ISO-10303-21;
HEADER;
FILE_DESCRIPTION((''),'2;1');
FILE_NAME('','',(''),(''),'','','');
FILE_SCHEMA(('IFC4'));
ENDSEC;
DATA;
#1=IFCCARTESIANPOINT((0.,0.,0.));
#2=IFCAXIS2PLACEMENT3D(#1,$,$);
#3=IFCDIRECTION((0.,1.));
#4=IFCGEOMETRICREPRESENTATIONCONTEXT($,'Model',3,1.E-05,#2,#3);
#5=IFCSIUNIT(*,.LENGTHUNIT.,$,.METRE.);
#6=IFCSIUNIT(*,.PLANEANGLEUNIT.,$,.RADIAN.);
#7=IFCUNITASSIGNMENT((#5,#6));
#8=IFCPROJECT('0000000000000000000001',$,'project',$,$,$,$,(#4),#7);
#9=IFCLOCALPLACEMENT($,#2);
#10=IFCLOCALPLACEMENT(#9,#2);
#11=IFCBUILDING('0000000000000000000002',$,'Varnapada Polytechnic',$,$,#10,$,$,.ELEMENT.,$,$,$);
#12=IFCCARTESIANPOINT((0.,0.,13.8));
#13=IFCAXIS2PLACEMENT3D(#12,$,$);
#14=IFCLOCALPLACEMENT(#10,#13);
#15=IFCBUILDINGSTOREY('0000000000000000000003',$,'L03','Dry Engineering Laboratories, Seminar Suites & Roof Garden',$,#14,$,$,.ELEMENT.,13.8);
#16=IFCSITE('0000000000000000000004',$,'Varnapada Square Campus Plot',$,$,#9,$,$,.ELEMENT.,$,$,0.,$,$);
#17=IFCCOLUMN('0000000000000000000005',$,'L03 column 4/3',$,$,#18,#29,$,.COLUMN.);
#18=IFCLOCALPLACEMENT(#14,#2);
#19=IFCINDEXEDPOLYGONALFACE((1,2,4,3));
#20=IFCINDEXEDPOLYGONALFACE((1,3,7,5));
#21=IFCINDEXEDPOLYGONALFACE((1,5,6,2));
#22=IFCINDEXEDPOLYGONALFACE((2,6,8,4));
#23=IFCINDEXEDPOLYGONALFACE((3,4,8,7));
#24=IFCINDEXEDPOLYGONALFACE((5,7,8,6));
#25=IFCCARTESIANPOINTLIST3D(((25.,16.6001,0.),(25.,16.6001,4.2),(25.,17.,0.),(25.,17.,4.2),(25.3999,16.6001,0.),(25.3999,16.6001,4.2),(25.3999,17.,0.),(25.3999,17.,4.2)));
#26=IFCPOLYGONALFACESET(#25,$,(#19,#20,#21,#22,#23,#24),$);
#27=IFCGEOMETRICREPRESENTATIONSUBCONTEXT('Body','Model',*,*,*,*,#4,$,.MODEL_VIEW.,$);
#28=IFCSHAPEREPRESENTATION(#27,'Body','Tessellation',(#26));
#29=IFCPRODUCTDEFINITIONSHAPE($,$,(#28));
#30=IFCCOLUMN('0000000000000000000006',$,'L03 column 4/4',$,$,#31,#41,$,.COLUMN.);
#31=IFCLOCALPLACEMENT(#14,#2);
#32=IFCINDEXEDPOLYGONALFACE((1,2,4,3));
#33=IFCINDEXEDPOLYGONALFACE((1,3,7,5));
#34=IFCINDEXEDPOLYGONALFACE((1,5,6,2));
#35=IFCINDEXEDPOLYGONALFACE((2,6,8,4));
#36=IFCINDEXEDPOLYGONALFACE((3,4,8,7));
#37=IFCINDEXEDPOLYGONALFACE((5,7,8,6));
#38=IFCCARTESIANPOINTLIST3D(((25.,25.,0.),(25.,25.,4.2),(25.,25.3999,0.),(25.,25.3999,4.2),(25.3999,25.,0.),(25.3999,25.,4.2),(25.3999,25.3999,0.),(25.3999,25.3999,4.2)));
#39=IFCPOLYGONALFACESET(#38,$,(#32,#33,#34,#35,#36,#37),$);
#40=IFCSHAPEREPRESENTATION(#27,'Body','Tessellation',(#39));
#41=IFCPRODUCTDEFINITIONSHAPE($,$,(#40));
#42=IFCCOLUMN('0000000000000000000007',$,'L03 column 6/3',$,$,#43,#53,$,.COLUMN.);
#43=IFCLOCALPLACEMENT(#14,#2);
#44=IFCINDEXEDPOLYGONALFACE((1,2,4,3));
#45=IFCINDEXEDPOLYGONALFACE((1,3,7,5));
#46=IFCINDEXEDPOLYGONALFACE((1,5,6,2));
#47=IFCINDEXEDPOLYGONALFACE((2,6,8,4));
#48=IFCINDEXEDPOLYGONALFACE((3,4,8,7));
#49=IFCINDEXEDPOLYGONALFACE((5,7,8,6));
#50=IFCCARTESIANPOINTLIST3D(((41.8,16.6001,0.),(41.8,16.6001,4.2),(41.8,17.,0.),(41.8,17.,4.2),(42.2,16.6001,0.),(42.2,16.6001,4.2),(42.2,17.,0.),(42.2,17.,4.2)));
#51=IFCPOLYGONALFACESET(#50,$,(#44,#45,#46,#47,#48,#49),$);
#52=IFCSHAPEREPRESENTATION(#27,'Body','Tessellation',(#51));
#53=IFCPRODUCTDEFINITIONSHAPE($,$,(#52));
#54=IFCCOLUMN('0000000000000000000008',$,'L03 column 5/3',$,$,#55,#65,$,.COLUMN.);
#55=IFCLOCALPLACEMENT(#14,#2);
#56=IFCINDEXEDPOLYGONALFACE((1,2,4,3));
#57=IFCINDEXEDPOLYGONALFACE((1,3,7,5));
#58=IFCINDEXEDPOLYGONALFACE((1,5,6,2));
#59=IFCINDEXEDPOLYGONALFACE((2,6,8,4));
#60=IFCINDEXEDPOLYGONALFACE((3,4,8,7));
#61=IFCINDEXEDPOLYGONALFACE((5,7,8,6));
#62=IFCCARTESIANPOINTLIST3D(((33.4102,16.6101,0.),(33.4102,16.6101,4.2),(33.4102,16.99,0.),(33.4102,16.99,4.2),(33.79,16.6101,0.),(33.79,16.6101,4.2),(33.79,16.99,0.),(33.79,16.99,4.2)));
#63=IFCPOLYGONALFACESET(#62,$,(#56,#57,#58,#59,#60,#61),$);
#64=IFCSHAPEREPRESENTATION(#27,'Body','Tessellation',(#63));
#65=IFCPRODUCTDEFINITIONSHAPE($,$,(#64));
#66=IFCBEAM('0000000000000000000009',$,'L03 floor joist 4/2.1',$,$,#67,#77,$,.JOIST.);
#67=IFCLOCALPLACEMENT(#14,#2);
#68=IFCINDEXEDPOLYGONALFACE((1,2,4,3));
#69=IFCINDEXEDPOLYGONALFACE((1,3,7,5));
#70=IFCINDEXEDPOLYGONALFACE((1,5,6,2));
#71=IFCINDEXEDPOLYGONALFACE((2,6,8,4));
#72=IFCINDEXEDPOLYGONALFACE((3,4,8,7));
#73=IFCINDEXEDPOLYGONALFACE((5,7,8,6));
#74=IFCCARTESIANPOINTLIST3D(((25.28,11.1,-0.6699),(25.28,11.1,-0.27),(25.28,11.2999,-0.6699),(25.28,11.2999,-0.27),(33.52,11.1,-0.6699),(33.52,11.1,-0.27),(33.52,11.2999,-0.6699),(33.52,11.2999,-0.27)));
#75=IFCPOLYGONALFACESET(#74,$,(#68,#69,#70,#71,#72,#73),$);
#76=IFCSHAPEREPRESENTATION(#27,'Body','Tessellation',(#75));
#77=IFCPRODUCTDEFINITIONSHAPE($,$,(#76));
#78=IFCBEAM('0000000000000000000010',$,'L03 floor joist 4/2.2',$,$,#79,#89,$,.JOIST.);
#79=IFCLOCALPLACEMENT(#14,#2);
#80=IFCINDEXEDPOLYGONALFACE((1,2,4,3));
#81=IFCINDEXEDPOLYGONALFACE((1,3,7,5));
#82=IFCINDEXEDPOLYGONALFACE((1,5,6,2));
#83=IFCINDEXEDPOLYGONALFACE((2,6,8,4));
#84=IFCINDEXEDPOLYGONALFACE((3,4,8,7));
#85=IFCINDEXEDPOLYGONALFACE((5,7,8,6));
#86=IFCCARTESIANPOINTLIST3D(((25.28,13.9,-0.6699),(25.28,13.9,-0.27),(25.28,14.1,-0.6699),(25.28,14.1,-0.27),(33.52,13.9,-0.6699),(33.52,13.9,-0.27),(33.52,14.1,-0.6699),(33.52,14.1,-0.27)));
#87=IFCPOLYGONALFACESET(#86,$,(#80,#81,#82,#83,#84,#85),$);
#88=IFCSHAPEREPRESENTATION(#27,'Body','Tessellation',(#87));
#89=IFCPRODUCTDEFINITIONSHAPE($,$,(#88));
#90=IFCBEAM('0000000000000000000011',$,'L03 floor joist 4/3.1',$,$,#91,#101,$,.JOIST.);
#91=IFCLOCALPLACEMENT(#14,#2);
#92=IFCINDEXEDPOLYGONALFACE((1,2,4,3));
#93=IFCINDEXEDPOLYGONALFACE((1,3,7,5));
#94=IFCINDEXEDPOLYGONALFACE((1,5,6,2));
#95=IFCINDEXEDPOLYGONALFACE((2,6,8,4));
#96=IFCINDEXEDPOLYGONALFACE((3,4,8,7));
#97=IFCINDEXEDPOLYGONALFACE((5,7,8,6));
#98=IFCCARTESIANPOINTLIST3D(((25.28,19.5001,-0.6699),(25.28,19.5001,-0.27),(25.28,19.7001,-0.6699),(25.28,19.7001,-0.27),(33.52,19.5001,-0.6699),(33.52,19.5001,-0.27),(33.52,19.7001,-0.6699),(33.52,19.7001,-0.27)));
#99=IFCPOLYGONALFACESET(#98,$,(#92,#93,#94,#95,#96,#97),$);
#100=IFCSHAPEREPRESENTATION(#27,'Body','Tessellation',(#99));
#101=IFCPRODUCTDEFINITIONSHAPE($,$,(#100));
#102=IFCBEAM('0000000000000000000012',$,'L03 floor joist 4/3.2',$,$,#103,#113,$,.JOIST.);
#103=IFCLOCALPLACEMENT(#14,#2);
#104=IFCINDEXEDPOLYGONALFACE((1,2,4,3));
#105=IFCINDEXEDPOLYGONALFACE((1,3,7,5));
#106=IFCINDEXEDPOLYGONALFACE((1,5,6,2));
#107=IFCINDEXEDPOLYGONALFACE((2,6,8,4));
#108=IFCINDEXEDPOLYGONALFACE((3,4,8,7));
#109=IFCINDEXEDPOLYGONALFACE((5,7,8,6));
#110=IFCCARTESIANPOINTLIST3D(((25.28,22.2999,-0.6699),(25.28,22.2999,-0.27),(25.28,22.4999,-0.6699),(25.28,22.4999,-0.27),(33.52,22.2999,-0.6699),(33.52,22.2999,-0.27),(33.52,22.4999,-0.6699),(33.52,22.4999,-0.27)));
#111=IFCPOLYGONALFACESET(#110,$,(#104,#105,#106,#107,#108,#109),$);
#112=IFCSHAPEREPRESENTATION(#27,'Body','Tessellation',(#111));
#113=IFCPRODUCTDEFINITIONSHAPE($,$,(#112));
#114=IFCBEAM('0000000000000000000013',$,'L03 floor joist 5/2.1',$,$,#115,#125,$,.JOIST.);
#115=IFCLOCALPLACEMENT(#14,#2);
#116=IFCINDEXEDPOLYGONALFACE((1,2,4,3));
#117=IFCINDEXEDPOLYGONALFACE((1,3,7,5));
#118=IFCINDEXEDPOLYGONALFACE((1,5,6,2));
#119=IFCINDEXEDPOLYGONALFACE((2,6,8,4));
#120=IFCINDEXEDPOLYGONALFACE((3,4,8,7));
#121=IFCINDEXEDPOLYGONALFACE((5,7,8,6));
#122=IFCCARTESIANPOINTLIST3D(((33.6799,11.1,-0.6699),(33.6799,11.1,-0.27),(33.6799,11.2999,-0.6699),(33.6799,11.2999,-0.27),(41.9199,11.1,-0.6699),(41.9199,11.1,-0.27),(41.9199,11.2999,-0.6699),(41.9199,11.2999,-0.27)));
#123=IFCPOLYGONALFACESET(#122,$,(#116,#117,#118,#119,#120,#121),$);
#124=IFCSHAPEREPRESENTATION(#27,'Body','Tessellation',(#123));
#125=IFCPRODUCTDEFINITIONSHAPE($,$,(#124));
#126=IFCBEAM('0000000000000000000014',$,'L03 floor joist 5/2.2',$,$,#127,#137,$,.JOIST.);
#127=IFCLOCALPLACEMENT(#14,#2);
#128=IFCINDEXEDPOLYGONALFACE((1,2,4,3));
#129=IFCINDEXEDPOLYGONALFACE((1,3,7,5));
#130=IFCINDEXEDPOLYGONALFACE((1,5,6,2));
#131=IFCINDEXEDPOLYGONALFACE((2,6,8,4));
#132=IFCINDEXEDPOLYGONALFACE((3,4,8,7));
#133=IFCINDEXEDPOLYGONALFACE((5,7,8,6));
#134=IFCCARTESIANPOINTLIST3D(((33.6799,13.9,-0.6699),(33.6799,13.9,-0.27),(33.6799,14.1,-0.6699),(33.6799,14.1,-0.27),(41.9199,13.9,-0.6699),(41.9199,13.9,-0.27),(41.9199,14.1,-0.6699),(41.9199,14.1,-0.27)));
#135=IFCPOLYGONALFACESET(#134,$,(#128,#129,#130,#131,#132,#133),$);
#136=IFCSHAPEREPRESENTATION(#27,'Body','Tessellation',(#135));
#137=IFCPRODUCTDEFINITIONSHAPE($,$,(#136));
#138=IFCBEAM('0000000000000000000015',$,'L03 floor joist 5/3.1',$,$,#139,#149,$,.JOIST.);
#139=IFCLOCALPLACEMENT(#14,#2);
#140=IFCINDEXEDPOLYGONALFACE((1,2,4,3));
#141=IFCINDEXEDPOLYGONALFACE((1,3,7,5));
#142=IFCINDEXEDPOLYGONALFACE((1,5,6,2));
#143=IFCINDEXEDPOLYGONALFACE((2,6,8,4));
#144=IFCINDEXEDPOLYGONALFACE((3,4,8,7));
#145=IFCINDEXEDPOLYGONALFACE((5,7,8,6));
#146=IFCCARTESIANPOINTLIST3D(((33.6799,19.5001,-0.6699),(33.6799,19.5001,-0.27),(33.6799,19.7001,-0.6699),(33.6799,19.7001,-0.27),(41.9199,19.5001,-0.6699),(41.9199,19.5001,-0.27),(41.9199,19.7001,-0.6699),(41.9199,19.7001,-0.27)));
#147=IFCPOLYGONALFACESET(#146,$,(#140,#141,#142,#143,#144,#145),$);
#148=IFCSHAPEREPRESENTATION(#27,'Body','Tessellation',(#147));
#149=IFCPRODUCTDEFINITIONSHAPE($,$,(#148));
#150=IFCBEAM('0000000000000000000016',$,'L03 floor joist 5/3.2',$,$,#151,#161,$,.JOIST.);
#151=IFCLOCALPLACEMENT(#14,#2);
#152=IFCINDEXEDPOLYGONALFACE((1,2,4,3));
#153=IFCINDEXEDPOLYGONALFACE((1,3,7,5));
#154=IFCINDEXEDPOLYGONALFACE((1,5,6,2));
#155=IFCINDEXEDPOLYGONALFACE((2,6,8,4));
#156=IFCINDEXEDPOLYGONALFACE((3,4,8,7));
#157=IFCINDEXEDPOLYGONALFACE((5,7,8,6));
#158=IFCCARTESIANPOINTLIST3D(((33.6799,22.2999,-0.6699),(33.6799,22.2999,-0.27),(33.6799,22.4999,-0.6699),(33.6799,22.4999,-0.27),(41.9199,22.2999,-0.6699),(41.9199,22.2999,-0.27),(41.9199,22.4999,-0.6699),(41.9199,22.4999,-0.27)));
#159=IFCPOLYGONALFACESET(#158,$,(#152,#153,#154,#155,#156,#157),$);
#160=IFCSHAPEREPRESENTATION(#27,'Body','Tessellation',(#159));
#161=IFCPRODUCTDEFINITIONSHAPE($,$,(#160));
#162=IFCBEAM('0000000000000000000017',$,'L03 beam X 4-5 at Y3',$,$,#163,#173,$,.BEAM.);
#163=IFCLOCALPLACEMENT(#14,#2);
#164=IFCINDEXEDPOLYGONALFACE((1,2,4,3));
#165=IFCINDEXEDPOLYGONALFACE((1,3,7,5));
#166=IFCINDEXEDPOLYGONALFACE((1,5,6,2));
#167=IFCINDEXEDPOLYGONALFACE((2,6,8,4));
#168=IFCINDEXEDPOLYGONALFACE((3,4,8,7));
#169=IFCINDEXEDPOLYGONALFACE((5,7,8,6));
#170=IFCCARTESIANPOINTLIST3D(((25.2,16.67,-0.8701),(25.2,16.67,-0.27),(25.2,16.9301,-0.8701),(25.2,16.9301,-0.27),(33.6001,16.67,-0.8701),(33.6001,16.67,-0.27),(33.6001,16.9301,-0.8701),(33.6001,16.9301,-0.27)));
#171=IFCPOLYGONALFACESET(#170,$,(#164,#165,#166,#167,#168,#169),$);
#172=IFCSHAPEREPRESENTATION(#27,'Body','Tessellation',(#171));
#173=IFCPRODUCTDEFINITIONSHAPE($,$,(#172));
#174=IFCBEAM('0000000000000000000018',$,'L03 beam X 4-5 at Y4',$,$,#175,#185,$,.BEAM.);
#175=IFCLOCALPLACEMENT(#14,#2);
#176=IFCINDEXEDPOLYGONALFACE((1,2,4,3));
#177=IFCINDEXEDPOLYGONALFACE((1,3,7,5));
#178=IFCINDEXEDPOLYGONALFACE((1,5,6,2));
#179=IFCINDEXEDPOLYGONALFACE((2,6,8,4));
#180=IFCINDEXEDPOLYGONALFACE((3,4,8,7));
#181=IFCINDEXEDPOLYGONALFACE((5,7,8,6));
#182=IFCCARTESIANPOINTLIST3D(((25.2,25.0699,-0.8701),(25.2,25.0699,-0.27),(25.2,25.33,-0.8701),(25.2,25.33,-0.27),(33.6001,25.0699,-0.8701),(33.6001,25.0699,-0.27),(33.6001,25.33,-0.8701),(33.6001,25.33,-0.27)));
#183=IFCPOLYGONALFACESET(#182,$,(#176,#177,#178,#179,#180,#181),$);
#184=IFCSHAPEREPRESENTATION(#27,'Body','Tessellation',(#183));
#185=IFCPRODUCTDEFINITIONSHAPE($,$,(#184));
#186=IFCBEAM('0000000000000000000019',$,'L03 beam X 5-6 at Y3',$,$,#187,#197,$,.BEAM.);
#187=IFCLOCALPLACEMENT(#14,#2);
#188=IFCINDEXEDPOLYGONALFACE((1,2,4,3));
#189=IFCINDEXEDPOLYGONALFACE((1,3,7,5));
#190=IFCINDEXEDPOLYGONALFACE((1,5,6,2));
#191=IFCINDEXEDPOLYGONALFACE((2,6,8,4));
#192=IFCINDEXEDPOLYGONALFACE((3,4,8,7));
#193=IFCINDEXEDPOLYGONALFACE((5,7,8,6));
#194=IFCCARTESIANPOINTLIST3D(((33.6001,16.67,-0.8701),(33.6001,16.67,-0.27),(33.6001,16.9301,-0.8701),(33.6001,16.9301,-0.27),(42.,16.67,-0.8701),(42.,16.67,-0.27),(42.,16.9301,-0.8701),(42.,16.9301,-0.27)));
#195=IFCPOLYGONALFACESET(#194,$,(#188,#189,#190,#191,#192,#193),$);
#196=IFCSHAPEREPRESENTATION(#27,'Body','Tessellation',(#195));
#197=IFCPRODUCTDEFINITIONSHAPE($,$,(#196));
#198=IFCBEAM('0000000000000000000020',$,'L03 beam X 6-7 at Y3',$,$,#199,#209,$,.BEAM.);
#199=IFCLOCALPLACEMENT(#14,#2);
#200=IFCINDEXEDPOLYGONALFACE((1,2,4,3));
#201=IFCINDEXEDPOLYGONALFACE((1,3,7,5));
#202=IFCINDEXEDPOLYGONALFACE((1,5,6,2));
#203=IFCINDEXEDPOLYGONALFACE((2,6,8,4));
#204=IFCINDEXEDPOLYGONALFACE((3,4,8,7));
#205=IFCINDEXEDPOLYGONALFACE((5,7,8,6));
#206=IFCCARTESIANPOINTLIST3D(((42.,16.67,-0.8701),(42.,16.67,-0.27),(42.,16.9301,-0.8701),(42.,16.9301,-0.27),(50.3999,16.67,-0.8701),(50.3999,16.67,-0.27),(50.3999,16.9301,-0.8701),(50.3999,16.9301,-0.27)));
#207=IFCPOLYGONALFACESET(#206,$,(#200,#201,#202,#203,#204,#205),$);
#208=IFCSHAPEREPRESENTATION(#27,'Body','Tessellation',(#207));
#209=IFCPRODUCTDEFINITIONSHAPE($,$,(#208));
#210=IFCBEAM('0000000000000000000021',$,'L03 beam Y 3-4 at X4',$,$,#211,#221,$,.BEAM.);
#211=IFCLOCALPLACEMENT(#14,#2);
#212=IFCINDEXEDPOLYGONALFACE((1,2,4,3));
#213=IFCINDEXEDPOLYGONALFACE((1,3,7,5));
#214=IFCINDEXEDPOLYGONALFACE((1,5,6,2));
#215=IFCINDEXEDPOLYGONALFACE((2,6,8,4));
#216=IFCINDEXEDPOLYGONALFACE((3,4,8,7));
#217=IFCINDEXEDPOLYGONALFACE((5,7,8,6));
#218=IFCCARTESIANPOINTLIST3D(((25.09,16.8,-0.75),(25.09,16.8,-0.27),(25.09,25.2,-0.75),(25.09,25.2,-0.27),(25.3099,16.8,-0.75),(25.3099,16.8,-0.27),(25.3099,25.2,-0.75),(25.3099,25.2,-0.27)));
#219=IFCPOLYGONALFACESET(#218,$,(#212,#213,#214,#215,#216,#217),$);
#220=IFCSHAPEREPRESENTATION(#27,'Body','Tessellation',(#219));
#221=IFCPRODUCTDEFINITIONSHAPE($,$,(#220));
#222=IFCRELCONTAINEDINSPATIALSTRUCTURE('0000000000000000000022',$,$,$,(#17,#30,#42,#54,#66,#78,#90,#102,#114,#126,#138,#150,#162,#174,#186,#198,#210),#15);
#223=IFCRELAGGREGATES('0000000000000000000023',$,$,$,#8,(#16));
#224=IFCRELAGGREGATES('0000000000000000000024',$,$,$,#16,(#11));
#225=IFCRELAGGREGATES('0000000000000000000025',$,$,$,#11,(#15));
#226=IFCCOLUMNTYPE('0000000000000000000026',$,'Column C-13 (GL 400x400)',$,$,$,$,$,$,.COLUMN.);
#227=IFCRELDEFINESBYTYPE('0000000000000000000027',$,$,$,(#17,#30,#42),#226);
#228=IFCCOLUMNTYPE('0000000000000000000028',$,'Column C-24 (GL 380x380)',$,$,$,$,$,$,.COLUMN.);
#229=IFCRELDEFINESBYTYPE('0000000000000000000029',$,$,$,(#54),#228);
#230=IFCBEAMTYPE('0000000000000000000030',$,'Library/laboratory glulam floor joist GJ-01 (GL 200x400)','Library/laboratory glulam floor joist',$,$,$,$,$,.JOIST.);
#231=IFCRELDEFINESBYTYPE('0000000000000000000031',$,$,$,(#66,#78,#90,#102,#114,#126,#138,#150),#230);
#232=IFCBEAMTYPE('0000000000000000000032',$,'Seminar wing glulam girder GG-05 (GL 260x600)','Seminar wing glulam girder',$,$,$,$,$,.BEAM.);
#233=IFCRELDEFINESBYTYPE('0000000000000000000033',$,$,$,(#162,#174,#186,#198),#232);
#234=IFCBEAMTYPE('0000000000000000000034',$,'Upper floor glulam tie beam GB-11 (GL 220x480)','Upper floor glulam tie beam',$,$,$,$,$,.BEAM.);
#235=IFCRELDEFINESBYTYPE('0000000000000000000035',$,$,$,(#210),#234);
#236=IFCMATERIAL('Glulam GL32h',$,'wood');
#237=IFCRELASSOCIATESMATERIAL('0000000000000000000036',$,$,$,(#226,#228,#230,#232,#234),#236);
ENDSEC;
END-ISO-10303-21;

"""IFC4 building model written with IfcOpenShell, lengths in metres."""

from ifc_helpers import new_model, si_unit, direction, frame, origin, origin_2d, place, context, subcontext, project, spatial, rectangle, extrude, material, material_profile, profile_set, type_object, element, save


model = new_model("IFC4")

# Units and contexts
model_context = context("Model", 3, precision=1e-05, world=origin(), true_north=direction((0.0, 1.0)))
body_context = subcontext(model_context, "Body", "Model", "MODEL_VIEW")
ifc_project = project(units=[si_unit("LENGTHUNIT", "METRE"), si_unit("PLANEANGLEUNIT", "RADIAN")], contexts=[model_context])

# Site, building, storey
site_placement = place(None, origin())
site = spatial("IfcSite", under=ifc_project, at=site_placement, Name="Varnapada Square Campus Plot", CompositionType="ELEMENT", RefElevation=0.0)
building_placement = place(site_placement, origin())
building = spatial("IfcBuilding", under=site, at=building_placement, Name="Varnapada Polytechnic", CompositionType="ELEMENT")
storey_placement = place(building_placement, frame((0.0, 0.0, 13.8)))
storey = spatial("IfcBuildingStorey", under=building, at=storey_placement, Name="L03", Description="Dry Engineering Laboratories, Seminar Suites & Roof Garden", CompositionType="ELEMENT", Elevation=13.8)

# Columns
ifc_material_1 = material(Name="Glulam GL32h", Category="wood")
ifc_material_profile_1 = material_profile(ifc_material_1, rectangle(XDim=0.3999, YDim=0.3999, at=origin_2d()), Name="GL 400x400")
ifc_profile_set_1 = profile_set([ifc_material_profile_1], Name="Glulam GL32h")
column_type_1 = type_object("IfcColumnType", Name="Column C-13 (GL 400x400)", PredefinedType="COLUMN", material=ifc_profile_set_1)
for number, where, z_axis, x_axis, name in (
    (1, (25.2, 16.8, 0.0), (0.0, 0.0, 1.0), (1.0, 0.0, 0.0), "L03 column 4/3"),
    (2, (25.2, 25.2, 0.0), (0.0, 0.0, 1.0), (1.0, 0.0, 0.0), "L03 column 4/4"),
    (3, (42.0, 16.8, 0.0), (0.0, 0.0, 1.0), (1.0, 0.0, 0.0), "L03 column 6/3"),
):
    element("IfcColumn", number, at=place(storey_placement, frame(where, z_axis=z_axis, x_axis=x_axis)), inside=storey, type_object=column_type_1, Name=name, PredefinedType="COLUMN", context=body_context, shape_type="SweptSolid", body=[
        extrude(rectangle(XDim=0.3999, YDim=0.3999, at=origin_2d()), origin(), (0.0, 0.0, 1.0), 4.2),
    ])
ifc_material_profile_2 = material_profile(ifc_material_1, rectangle(XDim=0.3799, YDim=0.3799, at=origin_2d()), Name="GL 380x380")
ifc_profile_set_2 = profile_set([ifc_material_profile_2], Name="Glulam GL32h")
column_type_2 = type_object("IfcColumnType", Name="Column C-24 (GL 380x380)", PredefinedType="COLUMN", material=ifc_profile_set_2)
column_placement = place(storey_placement, frame((33.6001, 16.8, 0.0), z_axis=(0.0, 0.0, 1.0), x_axis=(1.0, 0.0, 0.0)))
element("IfcColumn", 4, at=column_placement, inside=storey, type_object=column_type_2, Name="L03 column 5/3", PredefinedType="COLUMN", context=body_context, shape_type="SweptSolid", body=[
    extrude(rectangle(XDim=0.3799, YDim=0.3799, at=origin_2d()), origin(), (0.0, 0.0, 1.0), 4.2),
])

# Beams
ifc_material_profile_3 = material_profile(ifc_material_1, rectangle(XDim=0.2, YDim=0.3999, at=origin_2d()), Name="GL 200x400")
ifc_profile_set_3 = profile_set([ifc_material_profile_3], Name="Glulam GL32h")
beam_type_1 = type_object("IfcBeamType", Name="Library/laboratory glulam floor joist GJ-01 (GL 200x400)", Description="Library/laboratory glulam floor joist", PredefinedType="JOIST", material=ifc_profile_set_3)
for number, where, z_axis, x_axis, name in (
    (5, (25.28, 11.2, -0.47), (1.0, 0.0, 0.0), (0.0, 1.0, 0.0), "L03 floor joist 4/2.1"),
    (6, (25.28, 14.0, -0.47), (1.0, 0.0, 0.0), (0.0, 1.0, 0.0), "L03 floor joist 4/2.2"),
    (7, (25.28, 19.6001, -0.47), (1.0, 0.0, 0.0), (0.0, 1.0, 0.0), "L03 floor joist 4/3.1"),
    (8, (25.28, 22.3999, -0.47), (1.0, 0.0, 0.0), (0.0, 1.0, 0.0), "L03 floor joist 4/3.2"),
    (9, (33.6799, 11.2, -0.47), (1.0, 0.0, 0.0), (0.0, 1.0, 0.0), "L03 floor joist 5/2.1"),
    (10, (33.6799, 14.0, -0.47), (1.0, 0.0, 0.0), (0.0, 1.0, 0.0), "L03 floor joist 5/2.2"),
    (11, (33.6799, 19.6001, -0.47), (1.0, 0.0, 0.0), (0.0, 1.0, 0.0), "L03 floor joist 5/3.1"),
    (12, (33.6799, 22.3999, -0.47), (1.0, 0.0, 0.0), (0.0, 1.0, 0.0), "L03 floor joist 5/3.2"),
):
    element("IfcBeam", number, at=place(storey_placement, frame(where, z_axis=z_axis, x_axis=x_axis)), inside=storey, type_object=beam_type_1, Name=name, PredefinedType="JOIST", context=body_context, shape_type="SweptSolid", body=[
        extrude(rectangle(XDim=0.2, YDim=0.3999, at=origin_2d()), origin(), (0.0, 0.0, 1.0), 8.24),
    ])
ifc_material_profile_4 = material_profile(ifc_material_1, rectangle(XDim=0.26, YDim=0.6001, at=origin_2d()), Name="GL 260x600")
ifc_profile_set_4 = profile_set([ifc_material_profile_4], Name="Glulam GL32h")
beam_type_2 = type_object("IfcBeamType", Name="Seminar wing glulam girder GG-05 (GL 260x600)", Description="Seminar wing glulam girder", PredefinedType="BEAM", material=ifc_profile_set_4)
for number, where, z_axis, x_axis, name in (
    (13, (25.2, 16.8, -0.5701), (1.0, 0.0, 0.0), (0.0, 1.0, 0.0), "L03 beam X 4-5 at Y3"),
    (14, (25.2, 25.2, -0.5701), (1.0, 0.0, 0.0), (0.0, 1.0, 0.0), "L03 beam X 4-5 at Y4"),
):
    element("IfcBeam", number, at=place(storey_placement, frame(where, z_axis=z_axis, x_axis=x_axis)), inside=storey, type_object=beam_type_2, Name=name, PredefinedType="BEAM", context=body_context, shape_type="SweptSolid", body=[
        extrude(rectangle(XDim=0.26, YDim=0.6001, at=origin_2d()), origin(), (0.0, 0.0, 1.0), 8.4001),
    ])
for number, where, z_axis, x_axis, name in (
    (15, (33.6001, 16.8, -0.5701), (1.0, 0.0, 0.0), (0.0, 1.0, 0.0), "L03 beam X 5-6 at Y3"),
    (16, (42.0, 16.8, -0.5701), (1.0, 0.0, 0.0), (0.0, 1.0, 0.0), "L03 beam X 6-7 at Y3"),
):
    element("IfcBeam", number, at=place(storey_placement, frame(where, z_axis=z_axis, x_axis=x_axis)), inside=storey, type_object=beam_type_2, Name=name, PredefinedType="BEAM", context=body_context, shape_type="SweptSolid", body=[
        extrude(rectangle(XDim=0.26, YDim=0.6001, at=origin_2d()), origin(), (0.0, 0.0, 1.0), 8.3999),
    ])
ifc_material_profile_5 = material_profile(ifc_material_1, rectangle(XDim=0.22, YDim=0.48, at=origin_2d()), Name="GL 220x480")
ifc_profile_set_5 = profile_set([ifc_material_profile_5], Name="Glulam GL32h")
beam_type_3 = type_object("IfcBeamType", Name="Upper floor glulam tie beam GB-11 (GL 220x480)", Description="Upper floor glulam tie beam", PredefinedType="BEAM", material=ifc_profile_set_5)
for number, where, z_axis, x_axis, name in (
    (17, (25.2, 16.8, -0.51), (0.0, 1.0, 0.0), (-1.0, 0.0, 0.0), "L03 beam Y 3-4 at X4"),
):
    element("IfcBeam", number, at=place(storey_placement, frame(where, z_axis=z_axis, x_axis=x_axis)), inside=storey, type_object=beam_type_3, Name=name, PredefinedType="BEAM", context=body_context, shape_type="SweptSolid", body=[
        extrude(rectangle(XDim=0.22, YDim=0.48, at=origin_2d()), origin(), (0.0, 0.0, 1.0), 8.3999),
    ])

save(model, "model.ifc")
